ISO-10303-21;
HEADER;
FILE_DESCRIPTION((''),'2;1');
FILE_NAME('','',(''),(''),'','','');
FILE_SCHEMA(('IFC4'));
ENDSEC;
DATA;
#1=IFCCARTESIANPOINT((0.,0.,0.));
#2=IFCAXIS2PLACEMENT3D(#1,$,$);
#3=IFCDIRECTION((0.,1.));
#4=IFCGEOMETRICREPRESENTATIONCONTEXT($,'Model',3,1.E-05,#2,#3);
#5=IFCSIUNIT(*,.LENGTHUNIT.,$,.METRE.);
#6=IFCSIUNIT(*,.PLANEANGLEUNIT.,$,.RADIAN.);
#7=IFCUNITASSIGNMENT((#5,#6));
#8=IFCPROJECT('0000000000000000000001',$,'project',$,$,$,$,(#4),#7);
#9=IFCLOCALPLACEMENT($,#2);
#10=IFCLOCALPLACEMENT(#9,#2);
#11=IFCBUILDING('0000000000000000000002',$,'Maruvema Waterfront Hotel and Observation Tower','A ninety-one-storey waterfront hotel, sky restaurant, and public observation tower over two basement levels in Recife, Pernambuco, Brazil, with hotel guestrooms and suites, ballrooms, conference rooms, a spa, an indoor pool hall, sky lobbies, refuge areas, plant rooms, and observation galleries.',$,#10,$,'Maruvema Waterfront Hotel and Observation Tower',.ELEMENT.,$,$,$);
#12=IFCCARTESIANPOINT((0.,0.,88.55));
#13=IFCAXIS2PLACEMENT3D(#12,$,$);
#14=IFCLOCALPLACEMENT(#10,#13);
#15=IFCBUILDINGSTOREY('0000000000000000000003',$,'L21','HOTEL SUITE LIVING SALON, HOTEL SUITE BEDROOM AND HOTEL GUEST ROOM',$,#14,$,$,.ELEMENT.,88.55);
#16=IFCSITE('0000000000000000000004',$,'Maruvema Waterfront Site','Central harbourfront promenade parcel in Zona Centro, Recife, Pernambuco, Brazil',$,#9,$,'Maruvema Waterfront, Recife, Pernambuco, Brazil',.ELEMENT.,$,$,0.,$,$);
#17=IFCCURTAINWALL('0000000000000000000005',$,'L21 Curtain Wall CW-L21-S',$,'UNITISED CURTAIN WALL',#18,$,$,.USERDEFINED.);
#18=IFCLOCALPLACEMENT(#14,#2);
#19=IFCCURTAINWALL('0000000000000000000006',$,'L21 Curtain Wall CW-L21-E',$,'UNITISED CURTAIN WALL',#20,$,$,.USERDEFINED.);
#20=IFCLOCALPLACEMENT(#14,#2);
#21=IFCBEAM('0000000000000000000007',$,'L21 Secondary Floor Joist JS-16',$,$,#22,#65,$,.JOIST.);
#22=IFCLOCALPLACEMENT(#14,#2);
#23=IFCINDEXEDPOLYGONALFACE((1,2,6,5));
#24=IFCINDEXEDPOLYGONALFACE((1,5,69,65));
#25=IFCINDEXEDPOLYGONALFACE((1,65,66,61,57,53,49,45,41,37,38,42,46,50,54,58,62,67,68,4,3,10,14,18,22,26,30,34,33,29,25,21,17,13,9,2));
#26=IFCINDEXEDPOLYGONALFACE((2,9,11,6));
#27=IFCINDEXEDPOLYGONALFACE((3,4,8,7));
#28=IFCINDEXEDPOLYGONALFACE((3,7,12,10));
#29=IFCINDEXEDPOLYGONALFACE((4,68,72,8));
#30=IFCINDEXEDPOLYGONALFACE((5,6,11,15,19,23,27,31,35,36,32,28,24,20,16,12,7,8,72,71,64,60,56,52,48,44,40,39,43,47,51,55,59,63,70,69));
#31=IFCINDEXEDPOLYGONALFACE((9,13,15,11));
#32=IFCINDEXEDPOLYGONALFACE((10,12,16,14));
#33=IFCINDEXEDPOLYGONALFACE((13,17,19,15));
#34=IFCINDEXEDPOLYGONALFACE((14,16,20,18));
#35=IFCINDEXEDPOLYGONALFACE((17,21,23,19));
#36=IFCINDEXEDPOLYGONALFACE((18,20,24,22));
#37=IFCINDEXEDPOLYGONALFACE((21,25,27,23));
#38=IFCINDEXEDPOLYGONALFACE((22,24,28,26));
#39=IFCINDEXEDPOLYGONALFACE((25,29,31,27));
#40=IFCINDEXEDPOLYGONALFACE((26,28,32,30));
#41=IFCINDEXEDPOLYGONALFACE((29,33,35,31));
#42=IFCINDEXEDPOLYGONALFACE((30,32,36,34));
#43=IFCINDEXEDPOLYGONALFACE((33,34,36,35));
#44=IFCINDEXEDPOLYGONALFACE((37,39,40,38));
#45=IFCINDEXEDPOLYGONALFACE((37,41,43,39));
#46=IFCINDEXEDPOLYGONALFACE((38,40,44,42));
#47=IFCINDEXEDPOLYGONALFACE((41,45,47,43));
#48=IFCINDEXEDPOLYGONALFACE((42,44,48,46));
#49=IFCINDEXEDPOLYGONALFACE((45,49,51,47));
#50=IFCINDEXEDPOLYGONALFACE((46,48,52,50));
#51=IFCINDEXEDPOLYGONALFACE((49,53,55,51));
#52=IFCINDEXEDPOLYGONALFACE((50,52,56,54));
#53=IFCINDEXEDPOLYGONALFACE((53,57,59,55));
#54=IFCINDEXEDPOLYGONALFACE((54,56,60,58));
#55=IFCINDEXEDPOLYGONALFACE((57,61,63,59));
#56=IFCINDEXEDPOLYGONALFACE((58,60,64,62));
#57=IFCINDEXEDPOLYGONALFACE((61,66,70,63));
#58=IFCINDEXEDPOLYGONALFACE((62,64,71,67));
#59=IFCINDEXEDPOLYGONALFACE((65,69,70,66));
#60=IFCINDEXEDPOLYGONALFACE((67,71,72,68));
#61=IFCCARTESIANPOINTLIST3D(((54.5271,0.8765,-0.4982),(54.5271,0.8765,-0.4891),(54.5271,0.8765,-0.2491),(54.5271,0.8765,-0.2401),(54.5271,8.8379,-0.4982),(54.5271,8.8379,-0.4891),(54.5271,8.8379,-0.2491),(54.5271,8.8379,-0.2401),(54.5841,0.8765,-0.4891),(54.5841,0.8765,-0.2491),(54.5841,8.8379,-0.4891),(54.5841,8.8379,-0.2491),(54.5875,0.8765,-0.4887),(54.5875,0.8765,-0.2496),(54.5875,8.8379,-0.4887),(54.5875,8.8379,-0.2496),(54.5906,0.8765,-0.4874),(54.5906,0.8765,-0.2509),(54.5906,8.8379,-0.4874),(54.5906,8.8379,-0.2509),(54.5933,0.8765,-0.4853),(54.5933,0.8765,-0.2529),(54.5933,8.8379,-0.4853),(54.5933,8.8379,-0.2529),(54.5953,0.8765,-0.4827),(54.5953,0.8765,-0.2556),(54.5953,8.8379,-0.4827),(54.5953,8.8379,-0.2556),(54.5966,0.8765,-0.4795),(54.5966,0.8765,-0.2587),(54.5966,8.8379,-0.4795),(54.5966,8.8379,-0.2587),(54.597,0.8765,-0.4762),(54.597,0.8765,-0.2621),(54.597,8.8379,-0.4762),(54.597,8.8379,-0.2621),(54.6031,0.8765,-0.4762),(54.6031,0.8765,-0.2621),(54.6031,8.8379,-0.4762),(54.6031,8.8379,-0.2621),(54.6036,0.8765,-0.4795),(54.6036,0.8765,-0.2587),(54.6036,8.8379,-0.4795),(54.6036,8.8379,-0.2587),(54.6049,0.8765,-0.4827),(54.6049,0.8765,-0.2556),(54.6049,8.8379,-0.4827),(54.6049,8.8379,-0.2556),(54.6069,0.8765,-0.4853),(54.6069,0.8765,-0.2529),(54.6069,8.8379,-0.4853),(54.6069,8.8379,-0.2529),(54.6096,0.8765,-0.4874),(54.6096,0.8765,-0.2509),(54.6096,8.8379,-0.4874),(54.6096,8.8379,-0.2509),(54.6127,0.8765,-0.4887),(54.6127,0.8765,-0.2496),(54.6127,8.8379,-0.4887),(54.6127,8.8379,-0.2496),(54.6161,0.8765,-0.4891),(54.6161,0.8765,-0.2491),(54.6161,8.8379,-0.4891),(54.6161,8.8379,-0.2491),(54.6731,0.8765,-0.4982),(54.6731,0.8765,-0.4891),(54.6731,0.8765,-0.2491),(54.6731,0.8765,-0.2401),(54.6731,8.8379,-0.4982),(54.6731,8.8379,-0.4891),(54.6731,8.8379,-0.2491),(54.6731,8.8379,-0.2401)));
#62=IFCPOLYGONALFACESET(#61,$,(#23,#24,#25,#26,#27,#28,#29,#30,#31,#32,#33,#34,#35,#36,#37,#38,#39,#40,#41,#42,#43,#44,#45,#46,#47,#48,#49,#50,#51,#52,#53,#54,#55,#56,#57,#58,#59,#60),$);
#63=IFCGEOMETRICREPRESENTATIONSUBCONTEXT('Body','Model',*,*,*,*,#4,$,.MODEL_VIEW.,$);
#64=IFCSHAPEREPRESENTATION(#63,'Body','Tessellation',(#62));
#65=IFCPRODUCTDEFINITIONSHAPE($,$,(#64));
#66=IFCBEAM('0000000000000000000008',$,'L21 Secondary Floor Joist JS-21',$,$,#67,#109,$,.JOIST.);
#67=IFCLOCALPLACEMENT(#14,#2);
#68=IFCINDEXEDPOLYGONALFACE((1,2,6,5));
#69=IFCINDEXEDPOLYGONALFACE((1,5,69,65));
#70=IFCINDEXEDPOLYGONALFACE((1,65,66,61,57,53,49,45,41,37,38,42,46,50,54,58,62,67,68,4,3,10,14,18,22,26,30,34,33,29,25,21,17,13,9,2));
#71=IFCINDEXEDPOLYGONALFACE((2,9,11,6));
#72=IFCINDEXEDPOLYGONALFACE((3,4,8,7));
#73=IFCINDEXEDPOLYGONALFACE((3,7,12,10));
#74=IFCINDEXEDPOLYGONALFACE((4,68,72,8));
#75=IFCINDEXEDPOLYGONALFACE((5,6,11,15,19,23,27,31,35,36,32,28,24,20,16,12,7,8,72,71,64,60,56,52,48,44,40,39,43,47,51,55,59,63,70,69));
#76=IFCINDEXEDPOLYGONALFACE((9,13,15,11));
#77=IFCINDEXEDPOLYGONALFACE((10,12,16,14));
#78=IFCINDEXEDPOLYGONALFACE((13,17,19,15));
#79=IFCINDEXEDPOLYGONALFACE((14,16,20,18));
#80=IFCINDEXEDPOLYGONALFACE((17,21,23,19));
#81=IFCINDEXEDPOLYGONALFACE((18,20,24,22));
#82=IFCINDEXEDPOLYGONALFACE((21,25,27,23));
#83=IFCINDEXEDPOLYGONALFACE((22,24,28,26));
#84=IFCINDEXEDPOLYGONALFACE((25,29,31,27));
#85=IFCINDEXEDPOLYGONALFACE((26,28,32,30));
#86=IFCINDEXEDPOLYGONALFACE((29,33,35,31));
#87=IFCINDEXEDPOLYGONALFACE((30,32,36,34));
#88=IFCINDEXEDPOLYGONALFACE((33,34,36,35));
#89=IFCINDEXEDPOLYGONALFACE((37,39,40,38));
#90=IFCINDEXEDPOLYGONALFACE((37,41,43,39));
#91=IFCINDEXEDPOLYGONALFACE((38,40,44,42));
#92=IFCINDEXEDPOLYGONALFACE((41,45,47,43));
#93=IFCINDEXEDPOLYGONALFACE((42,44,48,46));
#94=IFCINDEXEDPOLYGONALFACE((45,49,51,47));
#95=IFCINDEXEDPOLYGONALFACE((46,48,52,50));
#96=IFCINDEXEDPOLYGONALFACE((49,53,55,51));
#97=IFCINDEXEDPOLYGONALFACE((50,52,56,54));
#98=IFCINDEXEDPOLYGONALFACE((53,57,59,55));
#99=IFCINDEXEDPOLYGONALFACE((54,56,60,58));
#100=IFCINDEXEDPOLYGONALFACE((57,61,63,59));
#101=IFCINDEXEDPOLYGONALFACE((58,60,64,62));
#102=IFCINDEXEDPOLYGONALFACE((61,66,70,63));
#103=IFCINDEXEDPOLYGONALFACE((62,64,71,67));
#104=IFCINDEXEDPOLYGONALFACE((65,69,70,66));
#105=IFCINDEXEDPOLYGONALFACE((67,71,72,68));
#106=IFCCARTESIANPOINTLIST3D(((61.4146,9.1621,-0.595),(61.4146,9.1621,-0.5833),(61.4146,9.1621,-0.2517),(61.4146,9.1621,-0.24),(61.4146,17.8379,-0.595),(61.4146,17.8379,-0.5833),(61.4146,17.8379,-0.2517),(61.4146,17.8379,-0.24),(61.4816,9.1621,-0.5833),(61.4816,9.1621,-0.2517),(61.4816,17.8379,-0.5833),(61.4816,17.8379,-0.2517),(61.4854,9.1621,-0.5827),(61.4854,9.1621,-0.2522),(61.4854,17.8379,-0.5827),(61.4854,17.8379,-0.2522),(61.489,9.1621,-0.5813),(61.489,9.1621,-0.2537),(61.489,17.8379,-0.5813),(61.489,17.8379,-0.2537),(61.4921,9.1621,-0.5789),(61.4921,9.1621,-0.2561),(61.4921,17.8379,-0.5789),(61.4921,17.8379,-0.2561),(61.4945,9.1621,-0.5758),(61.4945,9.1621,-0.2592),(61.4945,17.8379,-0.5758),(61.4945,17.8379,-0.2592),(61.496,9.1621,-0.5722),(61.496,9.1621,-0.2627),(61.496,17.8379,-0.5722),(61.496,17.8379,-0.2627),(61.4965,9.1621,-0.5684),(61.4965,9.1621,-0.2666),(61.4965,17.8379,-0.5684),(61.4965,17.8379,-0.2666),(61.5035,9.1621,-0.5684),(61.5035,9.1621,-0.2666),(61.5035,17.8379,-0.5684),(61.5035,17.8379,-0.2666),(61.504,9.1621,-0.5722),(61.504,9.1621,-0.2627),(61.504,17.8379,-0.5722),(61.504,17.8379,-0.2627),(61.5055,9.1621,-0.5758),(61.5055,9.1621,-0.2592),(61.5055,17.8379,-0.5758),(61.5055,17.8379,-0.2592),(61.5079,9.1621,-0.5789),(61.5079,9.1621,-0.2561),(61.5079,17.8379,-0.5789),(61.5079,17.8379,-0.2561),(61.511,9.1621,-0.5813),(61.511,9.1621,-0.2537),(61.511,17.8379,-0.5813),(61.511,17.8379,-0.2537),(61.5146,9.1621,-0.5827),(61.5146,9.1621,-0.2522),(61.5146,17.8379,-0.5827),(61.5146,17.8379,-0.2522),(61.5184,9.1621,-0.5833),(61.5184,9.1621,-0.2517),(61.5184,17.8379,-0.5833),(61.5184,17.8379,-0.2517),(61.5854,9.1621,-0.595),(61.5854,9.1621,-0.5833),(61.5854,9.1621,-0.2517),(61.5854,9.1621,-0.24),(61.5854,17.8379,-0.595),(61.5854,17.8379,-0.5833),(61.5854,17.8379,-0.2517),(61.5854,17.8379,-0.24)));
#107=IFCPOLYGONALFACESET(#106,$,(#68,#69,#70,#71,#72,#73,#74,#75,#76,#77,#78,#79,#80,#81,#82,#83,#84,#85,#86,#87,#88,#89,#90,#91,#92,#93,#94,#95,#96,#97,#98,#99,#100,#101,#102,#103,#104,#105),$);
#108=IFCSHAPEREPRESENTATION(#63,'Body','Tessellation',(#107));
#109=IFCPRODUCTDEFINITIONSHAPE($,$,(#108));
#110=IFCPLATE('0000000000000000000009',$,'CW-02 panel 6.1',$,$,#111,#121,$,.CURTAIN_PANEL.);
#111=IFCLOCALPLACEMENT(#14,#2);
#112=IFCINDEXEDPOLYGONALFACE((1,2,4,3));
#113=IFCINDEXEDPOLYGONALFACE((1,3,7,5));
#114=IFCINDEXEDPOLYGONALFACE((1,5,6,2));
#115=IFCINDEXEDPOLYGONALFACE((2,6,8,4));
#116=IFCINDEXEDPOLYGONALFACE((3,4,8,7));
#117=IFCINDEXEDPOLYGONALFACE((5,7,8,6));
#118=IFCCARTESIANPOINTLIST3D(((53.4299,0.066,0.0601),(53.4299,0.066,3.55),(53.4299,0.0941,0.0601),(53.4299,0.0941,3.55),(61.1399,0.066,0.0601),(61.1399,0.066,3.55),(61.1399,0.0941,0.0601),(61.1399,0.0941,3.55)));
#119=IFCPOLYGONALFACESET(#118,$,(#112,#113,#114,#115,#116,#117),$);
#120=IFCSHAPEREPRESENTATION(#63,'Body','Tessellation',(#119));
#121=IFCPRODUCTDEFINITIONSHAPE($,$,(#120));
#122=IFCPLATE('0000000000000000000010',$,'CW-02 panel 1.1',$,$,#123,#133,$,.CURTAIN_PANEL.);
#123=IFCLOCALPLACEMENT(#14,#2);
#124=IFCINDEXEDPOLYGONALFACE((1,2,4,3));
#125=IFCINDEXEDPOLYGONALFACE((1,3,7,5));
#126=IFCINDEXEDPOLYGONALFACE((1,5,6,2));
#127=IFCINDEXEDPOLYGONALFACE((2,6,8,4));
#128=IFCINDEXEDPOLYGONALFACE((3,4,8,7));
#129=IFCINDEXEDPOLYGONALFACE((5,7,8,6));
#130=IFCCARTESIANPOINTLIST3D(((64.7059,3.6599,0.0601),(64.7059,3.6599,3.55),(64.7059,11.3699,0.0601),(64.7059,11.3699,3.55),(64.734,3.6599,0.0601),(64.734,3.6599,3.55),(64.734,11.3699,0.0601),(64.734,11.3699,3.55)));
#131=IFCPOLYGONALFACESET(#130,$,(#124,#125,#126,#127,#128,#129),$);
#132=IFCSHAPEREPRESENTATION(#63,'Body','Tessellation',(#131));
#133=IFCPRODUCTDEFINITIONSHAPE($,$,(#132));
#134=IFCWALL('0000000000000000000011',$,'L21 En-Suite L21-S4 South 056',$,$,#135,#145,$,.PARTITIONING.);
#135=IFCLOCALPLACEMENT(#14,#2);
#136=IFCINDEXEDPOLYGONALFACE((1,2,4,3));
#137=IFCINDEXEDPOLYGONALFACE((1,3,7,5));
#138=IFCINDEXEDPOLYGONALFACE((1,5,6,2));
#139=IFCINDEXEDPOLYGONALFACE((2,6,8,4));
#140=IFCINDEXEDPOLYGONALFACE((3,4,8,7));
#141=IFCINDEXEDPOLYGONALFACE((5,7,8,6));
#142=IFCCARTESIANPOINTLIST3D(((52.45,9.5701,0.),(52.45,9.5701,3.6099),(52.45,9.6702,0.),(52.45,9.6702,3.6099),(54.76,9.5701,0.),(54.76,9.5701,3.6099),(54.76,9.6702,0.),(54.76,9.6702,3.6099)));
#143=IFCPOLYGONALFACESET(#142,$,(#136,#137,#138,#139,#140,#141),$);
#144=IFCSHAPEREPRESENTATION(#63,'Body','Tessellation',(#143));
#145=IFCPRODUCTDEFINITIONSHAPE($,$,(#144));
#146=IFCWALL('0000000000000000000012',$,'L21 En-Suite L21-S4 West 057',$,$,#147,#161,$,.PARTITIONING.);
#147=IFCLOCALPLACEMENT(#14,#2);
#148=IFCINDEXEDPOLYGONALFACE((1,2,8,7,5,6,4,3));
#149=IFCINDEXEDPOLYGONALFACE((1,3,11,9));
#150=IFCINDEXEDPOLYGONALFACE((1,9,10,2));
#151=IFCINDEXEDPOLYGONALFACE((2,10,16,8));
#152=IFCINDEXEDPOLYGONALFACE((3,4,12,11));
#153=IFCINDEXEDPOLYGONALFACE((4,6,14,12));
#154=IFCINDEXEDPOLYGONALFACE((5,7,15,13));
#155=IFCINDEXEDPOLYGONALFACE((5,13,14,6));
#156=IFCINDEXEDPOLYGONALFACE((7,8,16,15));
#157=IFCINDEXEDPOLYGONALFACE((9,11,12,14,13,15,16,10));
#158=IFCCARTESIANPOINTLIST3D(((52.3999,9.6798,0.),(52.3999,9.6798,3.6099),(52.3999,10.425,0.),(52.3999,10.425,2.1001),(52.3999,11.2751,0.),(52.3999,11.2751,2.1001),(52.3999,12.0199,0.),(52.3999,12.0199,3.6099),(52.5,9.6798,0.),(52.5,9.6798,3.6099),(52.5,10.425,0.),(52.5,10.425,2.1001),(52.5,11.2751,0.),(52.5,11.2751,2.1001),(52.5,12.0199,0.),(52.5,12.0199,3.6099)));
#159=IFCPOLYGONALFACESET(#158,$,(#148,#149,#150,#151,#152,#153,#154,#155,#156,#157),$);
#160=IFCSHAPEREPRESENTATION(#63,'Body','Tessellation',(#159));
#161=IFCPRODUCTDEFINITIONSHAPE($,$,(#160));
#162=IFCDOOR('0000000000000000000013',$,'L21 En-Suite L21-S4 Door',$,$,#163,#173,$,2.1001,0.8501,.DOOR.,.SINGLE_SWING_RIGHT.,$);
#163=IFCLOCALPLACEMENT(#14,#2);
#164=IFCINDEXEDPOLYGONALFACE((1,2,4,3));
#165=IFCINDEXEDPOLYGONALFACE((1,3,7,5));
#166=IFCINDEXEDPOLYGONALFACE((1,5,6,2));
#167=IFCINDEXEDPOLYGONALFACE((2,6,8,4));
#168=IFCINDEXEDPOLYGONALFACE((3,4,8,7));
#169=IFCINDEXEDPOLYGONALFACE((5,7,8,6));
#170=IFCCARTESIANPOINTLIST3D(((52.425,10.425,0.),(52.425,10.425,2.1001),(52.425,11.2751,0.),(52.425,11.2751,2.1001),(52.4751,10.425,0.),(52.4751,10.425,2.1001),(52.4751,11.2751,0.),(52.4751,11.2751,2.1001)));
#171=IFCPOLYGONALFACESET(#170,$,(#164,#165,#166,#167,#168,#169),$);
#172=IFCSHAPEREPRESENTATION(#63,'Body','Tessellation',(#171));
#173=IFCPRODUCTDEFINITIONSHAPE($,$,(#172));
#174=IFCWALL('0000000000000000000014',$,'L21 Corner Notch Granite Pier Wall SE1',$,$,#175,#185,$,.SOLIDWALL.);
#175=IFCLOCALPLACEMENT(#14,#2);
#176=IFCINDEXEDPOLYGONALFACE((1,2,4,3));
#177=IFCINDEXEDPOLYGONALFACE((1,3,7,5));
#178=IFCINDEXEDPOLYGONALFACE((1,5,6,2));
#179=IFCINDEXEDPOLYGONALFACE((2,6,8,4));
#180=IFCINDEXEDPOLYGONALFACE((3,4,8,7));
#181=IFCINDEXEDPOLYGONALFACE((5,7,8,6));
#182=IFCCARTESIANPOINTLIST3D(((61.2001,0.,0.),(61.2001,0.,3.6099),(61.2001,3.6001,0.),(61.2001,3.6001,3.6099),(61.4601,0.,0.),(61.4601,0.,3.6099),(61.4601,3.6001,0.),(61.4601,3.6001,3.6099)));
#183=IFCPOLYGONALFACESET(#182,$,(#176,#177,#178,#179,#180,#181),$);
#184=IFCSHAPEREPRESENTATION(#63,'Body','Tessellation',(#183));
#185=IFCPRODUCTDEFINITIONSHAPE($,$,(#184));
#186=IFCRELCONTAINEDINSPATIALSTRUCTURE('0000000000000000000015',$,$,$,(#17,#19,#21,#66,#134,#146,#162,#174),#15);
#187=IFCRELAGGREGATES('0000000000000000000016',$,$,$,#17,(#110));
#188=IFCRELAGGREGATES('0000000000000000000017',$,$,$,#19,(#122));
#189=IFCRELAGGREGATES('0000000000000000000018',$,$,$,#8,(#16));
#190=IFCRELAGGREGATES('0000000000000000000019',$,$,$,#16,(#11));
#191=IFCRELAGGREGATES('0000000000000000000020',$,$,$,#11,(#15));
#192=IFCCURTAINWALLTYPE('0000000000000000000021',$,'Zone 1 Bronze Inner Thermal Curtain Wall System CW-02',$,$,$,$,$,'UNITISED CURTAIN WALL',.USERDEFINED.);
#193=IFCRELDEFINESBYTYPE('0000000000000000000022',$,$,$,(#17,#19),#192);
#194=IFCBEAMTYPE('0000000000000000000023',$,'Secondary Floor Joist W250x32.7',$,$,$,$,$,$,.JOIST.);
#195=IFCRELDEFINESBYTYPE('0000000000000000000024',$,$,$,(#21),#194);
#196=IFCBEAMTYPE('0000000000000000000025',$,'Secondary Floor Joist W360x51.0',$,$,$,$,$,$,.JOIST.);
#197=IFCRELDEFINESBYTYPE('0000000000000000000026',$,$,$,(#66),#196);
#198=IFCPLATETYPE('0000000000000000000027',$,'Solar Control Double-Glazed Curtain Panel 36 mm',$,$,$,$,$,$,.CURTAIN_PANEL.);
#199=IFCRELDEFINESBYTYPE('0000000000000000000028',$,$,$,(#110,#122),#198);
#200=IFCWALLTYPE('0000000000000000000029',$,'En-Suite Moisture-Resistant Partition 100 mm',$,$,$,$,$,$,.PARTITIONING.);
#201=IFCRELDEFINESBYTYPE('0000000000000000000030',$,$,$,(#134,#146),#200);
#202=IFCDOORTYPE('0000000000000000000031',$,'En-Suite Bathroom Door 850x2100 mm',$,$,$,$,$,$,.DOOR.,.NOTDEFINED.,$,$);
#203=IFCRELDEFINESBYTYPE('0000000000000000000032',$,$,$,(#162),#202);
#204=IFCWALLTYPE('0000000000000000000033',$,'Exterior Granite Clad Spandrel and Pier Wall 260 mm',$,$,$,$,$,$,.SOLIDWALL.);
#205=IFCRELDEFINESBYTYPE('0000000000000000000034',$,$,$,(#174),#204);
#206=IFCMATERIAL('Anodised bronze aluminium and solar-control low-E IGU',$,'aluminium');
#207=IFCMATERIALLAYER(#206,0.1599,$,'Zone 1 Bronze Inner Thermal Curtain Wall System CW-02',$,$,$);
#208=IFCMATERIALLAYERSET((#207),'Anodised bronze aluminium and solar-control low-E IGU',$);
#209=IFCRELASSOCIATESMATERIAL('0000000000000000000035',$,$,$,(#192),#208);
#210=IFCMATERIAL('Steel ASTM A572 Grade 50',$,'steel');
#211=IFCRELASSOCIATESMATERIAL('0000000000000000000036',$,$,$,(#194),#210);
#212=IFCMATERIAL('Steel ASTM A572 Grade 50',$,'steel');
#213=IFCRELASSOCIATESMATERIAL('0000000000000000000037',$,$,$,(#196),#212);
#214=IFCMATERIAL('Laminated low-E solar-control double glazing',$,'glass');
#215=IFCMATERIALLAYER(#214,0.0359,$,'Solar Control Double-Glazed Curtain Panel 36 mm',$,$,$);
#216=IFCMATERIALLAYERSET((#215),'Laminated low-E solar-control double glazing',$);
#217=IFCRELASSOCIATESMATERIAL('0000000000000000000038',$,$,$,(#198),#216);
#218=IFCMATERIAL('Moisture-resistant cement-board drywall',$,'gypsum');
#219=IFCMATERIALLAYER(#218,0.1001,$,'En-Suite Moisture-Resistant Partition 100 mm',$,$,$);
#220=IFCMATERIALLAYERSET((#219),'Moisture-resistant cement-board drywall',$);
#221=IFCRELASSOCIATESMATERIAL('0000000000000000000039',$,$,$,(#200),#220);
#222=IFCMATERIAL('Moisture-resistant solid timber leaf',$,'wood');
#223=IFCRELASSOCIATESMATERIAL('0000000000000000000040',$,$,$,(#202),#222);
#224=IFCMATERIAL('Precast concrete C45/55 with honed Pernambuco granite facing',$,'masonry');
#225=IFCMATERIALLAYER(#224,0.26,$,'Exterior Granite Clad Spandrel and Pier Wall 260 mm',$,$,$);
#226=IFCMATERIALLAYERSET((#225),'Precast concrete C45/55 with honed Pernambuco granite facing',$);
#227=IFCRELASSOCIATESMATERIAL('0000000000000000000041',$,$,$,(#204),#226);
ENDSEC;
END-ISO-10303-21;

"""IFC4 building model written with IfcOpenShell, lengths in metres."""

from ifc_helpers import new_model, si_unit, direction, frame, frame_2d, origin, origin_2d, place, context, subcontext, project, spatial, rectangle, i_section, extrude, material, layer, layer_set, material_profile, profile_set, type_object, element, fill, aggregate, save


model = new_model("IFC4")

# Units and contexts
model_context = context("Model", 3, precision=1e-05, world=origin(), true_north=direction((0.0, 1.0)))
body_context = subcontext(model_context, "Body", "Model", "MODEL_VIEW")
ifc_project = project(units=[si_unit("LENGTHUNIT", "METRE"), si_unit("PLANEANGLEUNIT", "RADIAN")], contexts=[model_context])

# Site, building, storey
site_placement = place(None, origin())
site = spatial("IfcSite", under=ifc_project, at=site_placement, Name="Maruvema Waterfront Site", Description="Central harbourfront promenade parcel in Zona Centro, Recife, Pernambuco, Brazil", LongName="Maruvema Waterfront, Recife, Pernambuco, Brazil", CompositionType="ELEMENT", RefElevation=0.0)
building_placement = place(site_placement, origin())
building = spatial("IfcBuilding", under=site, at=building_placement, Name="Maruvema Waterfront Hotel and Observation Tower", Description="A ninety-one-storey waterfront hotel, sky restaurant, and public observation tower over two basement levels in Recife, Pernambuco, Brazil, with hotel guestrooms and suites, ballrooms, conference rooms, a spa, an indoor pool hall, sky lobbies, refuge areas, plant rooms, and observation galleries.", LongName="Maruvema Waterfront Hotel and Observation Tower", CompositionType="ELEMENT")
storey_placement = place(building_placement, frame((0.0, 0.0, 88.55)))
storey = spatial("IfcBuildingStorey", under=building, at=storey_placement, Name="L21", Description="HOTEL SUITE LIVING SALON, HOTEL SUITE BEDROOM AND HOTEL GUEST ROOM", CompositionType="ELEMENT", Elevation=88.55)

# Curtain walls
ifc_material_1 = material(Name="Anodised bronze aluminium and solar-control low-E IGU", Category="aluminium")
ifc_layer_1 = layer(ifc_material_1, 0.1599, Name="Zone 1 Bronze Inner Thermal Curtain Wall System CW-02")
ifc_layer_set_1 = layer_set([ifc_layer_1], Name="Anodised bronze aluminium and solar-control low-E IGU")
curtain_wall_type = type_object("IfcCurtainWallType", Name="Zone 1 Bronze Inner Thermal Curtain Wall System CW-02", ElementType="UNITISED CURTAIN WALL", PredefinedType="USERDEFINED", material=ifc_layer_set_1)
curtain_wall_1_placement = place(storey_placement, origin())
curtain_wall_1 = element("IfcCurtainWall", 1, at=curtain_wall_1_placement, inside=storey, type_object=curtain_wall_type, Name="L21 Curtain Wall CW-L21-S", ObjectType="UNITISED CURTAIN WALL", PredefinedType="USERDEFINED")
curtain_wall_2_placement = place(storey_placement, origin())
curtain_wall_2 = element("IfcCurtainWall", 2, at=curtain_wall_2_placement, inside=storey, type_object=curtain_wall_type, Name="L21 Curtain Wall CW-L21-E", ObjectType="UNITISED CURTAIN WALL", PredefinedType="USERDEFINED")

# Beams
ifc_material_2 = material(Name="Steel ASTM A572 Grade 50", Category="steel")
ifc_material_profile_1 = material_profile(ifc_material_2, i_section(OverallWidth=0.146, OverallDepth=0.2581, WebThickness=0.0061, FlangeThickness=0.009, FilletRadius=0.0129, at=origin_2d()), Name="W250x32.7")
ifc_profile_set_1 = profile_set([ifc_material_profile_1], Name="Steel ASTM A572 Grade 50")
beam_type_1 = type_object("IfcBeamType", Name="Secondary Floor Joist W250x32.7", PredefinedType="JOIST", material=ifc_profile_set_1)
beam_1_placement = place(storey_placement, frame((54.6001, 0.8765, -0.3691), z_axis=(0.0, 1.0, 0.0), x_axis=(-1.0, 0.0, 0.0)))
element("IfcBeam", 3, at=beam_1_placement, inside=storey, type_object=beam_type_1, Name="L21 Secondary Floor Joist JS-16", PredefinedType="JOIST", context=body_context, shape_type="SweptSolid", body=[
    extrude(i_section(OverallWidth=0.146, OverallDepth=0.2581, WebThickness=0.0061, FlangeThickness=0.009, FilletRadius=0.0129, at=origin_2d()), origin(), (0.0, 0.0, 1.0), 7.9614),
])
ifc_material_3 = material(Name="Steel ASTM A572 Grade 50", Category="steel")
ifc_material_profile_2 = material_profile(ifc_material_3, i_section(OverallWidth=0.1709, OverallDepth=0.355, WebThickness=0.0071, FlangeThickness=0.0117, FilletRadius=0.0149, at=origin_2d()), Name="W360x51.0")
ifc_profile_set_2 = profile_set([ifc_material_profile_2], Name="Steel ASTM A572 Grade 50")
beam_type_2 = type_object("IfcBeamType", Name="Secondary Floor Joist W360x51.0", PredefinedType="JOIST", material=ifc_profile_set_2)
beam_2_placement = place(storey_placement, frame((61.5, 9.1621, -0.4175), z_axis=(0.0, 1.0, 0.0), x_axis=(-1.0, 0.0, 0.0)))
element("IfcBeam", 4, at=beam_2_placement, inside=storey, type_object=beam_type_2, Name="L21 Secondary Floor Joist JS-21", PredefinedType="JOIST", context=body_context, shape_type="SweptSolid", body=[
    extrude(i_section(OverallWidth=0.1709, OverallDepth=0.355, WebThickness=0.0071, FlangeThickness=0.0117, FilletRadius=0.0149, at=origin_2d()), origin(), (0.0, 0.0, 1.0), 8.6758),
])

# Plates
ifc_material_4 = material(Name="Laminated low-E solar-control double glazing", Category="glass")
ifc_layer_2 = layer(ifc_material_4, 0.0359, Name="Solar Control Double-Glazed Curtain Panel 36 mm")
ifc_layer_set_2 = layer_set([ifc_layer_2], Name="Laminated low-E solar-control double glazing")
plate_type = type_object("IfcPlateType", Name="Solar Control Double-Glazed Curtain Panel 36 mm", PredefinedType="CURTAIN_PANEL", material=ifc_layer_set_2)
plate_1_placement = place(storey_placement, frame((57.2849, 0.0801, 0.0601), z_axis=(0.0, 0.0, 1.0), x_axis=(1.0, 0.0, 0.0)))
plate_1 = element("IfcPlate", 5, at=plate_1_placement, type_object=plate_type, Name="CW-02 panel 6.1", PredefinedType="CURTAIN_PANEL", context=body_context, shape_type="SweptSolid", body=[
    extrude(rectangle(XDim=7.71, YDim=0.0281, at=origin_2d()), origin(), (0.0, 0.0, 1.0), 3.49),
])
aggregate(curtain_wall_1, [plate_1])
plate_2_placement = place(storey_placement, frame((64.72, 7.5149, 0.0601), z_axis=(0.0, 0.0, 1.0), x_axis=(0.0, 1.0, 0.0)))
plate_2 = element("IfcPlate", 6, at=plate_2_placement, type_object=plate_type, Name="CW-02 panel 1.1", PredefinedType="CURTAIN_PANEL", context=body_context, shape_type="SweptSolid", body=[
    extrude(rectangle(XDim=7.71, YDim=0.0281, at=origin_2d()), origin(), (0.0, 0.0, 1.0), 3.49),
])
aggregate(curtain_wall_2, [plate_2])

# Wall
ifc_material_5 = material(Name="Moisture-resistant cement-board drywall", Category="gypsum")
ifc_layer_3 = layer(ifc_material_5, 0.1001, Name="En-Suite Moisture-Resistant Partition 100 mm")
ifc_layer_set_3 = layer_set([ifc_layer_3], Name="Moisture-resistant cement-board drywall")
wall_type_1 = type_object("IfcWallType", Name="En-Suite Moisture-Resistant Partition 100 mm", PredefinedType="PARTITIONING", material=ifc_layer_set_3)
wall_1_placement = place(storey_placement, frame((52.45, 9.6201, 0.0), z_axis=(0.0, 0.0, 1.0), x_axis=(1.0, 0.0, 0.0)))
element("IfcWall", 7, at=wall_1_placement, inside=storey, type_object=wall_type_1, Name="L21 En-Suite L21-S4 South 056", PredefinedType="PARTITIONING", context=body_context, shape_type="SweptSolid", body=[
    extrude(rectangle(XDim=2.3101, YDim=0.1001, at=frame_2d((1.155, 0.0))), origin(), (0.0, 0.0, 1.0), 3.6099),
])

# Wall, opening, door
wall_2_placement = place(storey_placement, frame((52.45, 9.6799, 0.0), z_axis=(0.0, 0.0, 1.0), x_axis=(0.0, 1.0, 0.0)))
wall_2 = element("IfcWall", 8, at=wall_2_placement, inside=storey, type_object=wall_type_1, Name="L21 En-Suite L21-S4 West 057", PredefinedType="PARTITIONING", context=body_context, shape_type="SweptSolid", body=[
    extrude(rectangle(XDim=2.3401, YDim=0.1001, at=frame_2d((1.1699, 0.0))), origin(), (0.0, 0.0, 1.0), 3.6099),
])
opening_1_placement = place(wall_2_placement, frame((0.7451, 0.0, 0.0)))
opening_1 = element("IfcOpeningElement", 9, at=opening_1_placement, cuts=wall_2, PredefinedType="OPENING", context=body_context, shape_type="SweptSolid", body=[
    extrude(rectangle(XDim=0.8501, YDim=2.1001, at=frame_2d((0.425, 1.05))), frame((0.0, 0.0601, 0.0), z_axis=(0.0, -1.0, 0.0), x_axis=(1.0, 0.0, 0.0)), (0.0, 0.0, 1.0), 0.1201),
])
ifc_material_6 = material(Name="Moisture-resistant solid timber leaf", Category="wood")
door_type = type_object("IfcDoorType", Name="En-Suite Bathroom Door 850x2100 mm", OperationType="NOTDEFINED", PredefinedType="DOOR", material=ifc_material_6)
door_placement = place(opening_1_placement, origin())
door = element("IfcDoor", 10, at=door_placement, inside=storey, type_object=door_type, Name="L21 En-Suite L21-S4 Door", OperationType="SINGLE_SWING_RIGHT", OverallHeight=2.1001, OverallWidth=0.8501, PredefinedType="DOOR", context=body_context, shape_type="SweptSolid", body=[
    extrude(rectangle(XDim=0.8501, YDim=2.1001, at=frame_2d((0.425, 1.05))), frame((0.0, 0.0249, 0.0), z_axis=(0.0, -1.0, 0.0), x_axis=(1.0, 0.0, 0.0)), (0.0, 0.0, 1.0), 0.05),
])
fill(opening_1, door)

# Wall
ifc_material_7 = material(Name="Precast concrete C45/55 with honed Pernambuco granite facing", Category="masonry")
ifc_layer_4 = layer(ifc_material_7, 0.26, Name="Exterior Granite Clad Spandrel and Pier Wall 260 mm")
ifc_layer_set_4 = layer_set([ifc_layer_4], Name="Precast concrete C45/55 with honed Pernambuco granite facing")
wall_type_2 = type_object("IfcWallType", Name="Exterior Granite Clad Spandrel and Pier Wall 260 mm", PredefinedType="SOLIDWALL", material=ifc_layer_set_4)
wall_3_placement = place(storey_placement, frame((61.3301, 3.6001, 0.0), z_axis=(0.0, 0.0, 1.0), x_axis=(0.0, -1.0, 0.0)))
element("IfcWall", 11, at=wall_3_placement, inside=storey, type_object=wall_type_2, Name="L21 Corner Notch Granite Pier Wall SE1", PredefinedType="SOLIDWALL", context=body_context, shape_type="SweptSolid", body=[
    extrude(rectangle(XDim=3.6001, YDim=0.26, at=frame_2d((1.8, 0.0))), origin(), (0.0, 0.0, 1.0), 3.6099),
])

save(model, "model.ifc")
